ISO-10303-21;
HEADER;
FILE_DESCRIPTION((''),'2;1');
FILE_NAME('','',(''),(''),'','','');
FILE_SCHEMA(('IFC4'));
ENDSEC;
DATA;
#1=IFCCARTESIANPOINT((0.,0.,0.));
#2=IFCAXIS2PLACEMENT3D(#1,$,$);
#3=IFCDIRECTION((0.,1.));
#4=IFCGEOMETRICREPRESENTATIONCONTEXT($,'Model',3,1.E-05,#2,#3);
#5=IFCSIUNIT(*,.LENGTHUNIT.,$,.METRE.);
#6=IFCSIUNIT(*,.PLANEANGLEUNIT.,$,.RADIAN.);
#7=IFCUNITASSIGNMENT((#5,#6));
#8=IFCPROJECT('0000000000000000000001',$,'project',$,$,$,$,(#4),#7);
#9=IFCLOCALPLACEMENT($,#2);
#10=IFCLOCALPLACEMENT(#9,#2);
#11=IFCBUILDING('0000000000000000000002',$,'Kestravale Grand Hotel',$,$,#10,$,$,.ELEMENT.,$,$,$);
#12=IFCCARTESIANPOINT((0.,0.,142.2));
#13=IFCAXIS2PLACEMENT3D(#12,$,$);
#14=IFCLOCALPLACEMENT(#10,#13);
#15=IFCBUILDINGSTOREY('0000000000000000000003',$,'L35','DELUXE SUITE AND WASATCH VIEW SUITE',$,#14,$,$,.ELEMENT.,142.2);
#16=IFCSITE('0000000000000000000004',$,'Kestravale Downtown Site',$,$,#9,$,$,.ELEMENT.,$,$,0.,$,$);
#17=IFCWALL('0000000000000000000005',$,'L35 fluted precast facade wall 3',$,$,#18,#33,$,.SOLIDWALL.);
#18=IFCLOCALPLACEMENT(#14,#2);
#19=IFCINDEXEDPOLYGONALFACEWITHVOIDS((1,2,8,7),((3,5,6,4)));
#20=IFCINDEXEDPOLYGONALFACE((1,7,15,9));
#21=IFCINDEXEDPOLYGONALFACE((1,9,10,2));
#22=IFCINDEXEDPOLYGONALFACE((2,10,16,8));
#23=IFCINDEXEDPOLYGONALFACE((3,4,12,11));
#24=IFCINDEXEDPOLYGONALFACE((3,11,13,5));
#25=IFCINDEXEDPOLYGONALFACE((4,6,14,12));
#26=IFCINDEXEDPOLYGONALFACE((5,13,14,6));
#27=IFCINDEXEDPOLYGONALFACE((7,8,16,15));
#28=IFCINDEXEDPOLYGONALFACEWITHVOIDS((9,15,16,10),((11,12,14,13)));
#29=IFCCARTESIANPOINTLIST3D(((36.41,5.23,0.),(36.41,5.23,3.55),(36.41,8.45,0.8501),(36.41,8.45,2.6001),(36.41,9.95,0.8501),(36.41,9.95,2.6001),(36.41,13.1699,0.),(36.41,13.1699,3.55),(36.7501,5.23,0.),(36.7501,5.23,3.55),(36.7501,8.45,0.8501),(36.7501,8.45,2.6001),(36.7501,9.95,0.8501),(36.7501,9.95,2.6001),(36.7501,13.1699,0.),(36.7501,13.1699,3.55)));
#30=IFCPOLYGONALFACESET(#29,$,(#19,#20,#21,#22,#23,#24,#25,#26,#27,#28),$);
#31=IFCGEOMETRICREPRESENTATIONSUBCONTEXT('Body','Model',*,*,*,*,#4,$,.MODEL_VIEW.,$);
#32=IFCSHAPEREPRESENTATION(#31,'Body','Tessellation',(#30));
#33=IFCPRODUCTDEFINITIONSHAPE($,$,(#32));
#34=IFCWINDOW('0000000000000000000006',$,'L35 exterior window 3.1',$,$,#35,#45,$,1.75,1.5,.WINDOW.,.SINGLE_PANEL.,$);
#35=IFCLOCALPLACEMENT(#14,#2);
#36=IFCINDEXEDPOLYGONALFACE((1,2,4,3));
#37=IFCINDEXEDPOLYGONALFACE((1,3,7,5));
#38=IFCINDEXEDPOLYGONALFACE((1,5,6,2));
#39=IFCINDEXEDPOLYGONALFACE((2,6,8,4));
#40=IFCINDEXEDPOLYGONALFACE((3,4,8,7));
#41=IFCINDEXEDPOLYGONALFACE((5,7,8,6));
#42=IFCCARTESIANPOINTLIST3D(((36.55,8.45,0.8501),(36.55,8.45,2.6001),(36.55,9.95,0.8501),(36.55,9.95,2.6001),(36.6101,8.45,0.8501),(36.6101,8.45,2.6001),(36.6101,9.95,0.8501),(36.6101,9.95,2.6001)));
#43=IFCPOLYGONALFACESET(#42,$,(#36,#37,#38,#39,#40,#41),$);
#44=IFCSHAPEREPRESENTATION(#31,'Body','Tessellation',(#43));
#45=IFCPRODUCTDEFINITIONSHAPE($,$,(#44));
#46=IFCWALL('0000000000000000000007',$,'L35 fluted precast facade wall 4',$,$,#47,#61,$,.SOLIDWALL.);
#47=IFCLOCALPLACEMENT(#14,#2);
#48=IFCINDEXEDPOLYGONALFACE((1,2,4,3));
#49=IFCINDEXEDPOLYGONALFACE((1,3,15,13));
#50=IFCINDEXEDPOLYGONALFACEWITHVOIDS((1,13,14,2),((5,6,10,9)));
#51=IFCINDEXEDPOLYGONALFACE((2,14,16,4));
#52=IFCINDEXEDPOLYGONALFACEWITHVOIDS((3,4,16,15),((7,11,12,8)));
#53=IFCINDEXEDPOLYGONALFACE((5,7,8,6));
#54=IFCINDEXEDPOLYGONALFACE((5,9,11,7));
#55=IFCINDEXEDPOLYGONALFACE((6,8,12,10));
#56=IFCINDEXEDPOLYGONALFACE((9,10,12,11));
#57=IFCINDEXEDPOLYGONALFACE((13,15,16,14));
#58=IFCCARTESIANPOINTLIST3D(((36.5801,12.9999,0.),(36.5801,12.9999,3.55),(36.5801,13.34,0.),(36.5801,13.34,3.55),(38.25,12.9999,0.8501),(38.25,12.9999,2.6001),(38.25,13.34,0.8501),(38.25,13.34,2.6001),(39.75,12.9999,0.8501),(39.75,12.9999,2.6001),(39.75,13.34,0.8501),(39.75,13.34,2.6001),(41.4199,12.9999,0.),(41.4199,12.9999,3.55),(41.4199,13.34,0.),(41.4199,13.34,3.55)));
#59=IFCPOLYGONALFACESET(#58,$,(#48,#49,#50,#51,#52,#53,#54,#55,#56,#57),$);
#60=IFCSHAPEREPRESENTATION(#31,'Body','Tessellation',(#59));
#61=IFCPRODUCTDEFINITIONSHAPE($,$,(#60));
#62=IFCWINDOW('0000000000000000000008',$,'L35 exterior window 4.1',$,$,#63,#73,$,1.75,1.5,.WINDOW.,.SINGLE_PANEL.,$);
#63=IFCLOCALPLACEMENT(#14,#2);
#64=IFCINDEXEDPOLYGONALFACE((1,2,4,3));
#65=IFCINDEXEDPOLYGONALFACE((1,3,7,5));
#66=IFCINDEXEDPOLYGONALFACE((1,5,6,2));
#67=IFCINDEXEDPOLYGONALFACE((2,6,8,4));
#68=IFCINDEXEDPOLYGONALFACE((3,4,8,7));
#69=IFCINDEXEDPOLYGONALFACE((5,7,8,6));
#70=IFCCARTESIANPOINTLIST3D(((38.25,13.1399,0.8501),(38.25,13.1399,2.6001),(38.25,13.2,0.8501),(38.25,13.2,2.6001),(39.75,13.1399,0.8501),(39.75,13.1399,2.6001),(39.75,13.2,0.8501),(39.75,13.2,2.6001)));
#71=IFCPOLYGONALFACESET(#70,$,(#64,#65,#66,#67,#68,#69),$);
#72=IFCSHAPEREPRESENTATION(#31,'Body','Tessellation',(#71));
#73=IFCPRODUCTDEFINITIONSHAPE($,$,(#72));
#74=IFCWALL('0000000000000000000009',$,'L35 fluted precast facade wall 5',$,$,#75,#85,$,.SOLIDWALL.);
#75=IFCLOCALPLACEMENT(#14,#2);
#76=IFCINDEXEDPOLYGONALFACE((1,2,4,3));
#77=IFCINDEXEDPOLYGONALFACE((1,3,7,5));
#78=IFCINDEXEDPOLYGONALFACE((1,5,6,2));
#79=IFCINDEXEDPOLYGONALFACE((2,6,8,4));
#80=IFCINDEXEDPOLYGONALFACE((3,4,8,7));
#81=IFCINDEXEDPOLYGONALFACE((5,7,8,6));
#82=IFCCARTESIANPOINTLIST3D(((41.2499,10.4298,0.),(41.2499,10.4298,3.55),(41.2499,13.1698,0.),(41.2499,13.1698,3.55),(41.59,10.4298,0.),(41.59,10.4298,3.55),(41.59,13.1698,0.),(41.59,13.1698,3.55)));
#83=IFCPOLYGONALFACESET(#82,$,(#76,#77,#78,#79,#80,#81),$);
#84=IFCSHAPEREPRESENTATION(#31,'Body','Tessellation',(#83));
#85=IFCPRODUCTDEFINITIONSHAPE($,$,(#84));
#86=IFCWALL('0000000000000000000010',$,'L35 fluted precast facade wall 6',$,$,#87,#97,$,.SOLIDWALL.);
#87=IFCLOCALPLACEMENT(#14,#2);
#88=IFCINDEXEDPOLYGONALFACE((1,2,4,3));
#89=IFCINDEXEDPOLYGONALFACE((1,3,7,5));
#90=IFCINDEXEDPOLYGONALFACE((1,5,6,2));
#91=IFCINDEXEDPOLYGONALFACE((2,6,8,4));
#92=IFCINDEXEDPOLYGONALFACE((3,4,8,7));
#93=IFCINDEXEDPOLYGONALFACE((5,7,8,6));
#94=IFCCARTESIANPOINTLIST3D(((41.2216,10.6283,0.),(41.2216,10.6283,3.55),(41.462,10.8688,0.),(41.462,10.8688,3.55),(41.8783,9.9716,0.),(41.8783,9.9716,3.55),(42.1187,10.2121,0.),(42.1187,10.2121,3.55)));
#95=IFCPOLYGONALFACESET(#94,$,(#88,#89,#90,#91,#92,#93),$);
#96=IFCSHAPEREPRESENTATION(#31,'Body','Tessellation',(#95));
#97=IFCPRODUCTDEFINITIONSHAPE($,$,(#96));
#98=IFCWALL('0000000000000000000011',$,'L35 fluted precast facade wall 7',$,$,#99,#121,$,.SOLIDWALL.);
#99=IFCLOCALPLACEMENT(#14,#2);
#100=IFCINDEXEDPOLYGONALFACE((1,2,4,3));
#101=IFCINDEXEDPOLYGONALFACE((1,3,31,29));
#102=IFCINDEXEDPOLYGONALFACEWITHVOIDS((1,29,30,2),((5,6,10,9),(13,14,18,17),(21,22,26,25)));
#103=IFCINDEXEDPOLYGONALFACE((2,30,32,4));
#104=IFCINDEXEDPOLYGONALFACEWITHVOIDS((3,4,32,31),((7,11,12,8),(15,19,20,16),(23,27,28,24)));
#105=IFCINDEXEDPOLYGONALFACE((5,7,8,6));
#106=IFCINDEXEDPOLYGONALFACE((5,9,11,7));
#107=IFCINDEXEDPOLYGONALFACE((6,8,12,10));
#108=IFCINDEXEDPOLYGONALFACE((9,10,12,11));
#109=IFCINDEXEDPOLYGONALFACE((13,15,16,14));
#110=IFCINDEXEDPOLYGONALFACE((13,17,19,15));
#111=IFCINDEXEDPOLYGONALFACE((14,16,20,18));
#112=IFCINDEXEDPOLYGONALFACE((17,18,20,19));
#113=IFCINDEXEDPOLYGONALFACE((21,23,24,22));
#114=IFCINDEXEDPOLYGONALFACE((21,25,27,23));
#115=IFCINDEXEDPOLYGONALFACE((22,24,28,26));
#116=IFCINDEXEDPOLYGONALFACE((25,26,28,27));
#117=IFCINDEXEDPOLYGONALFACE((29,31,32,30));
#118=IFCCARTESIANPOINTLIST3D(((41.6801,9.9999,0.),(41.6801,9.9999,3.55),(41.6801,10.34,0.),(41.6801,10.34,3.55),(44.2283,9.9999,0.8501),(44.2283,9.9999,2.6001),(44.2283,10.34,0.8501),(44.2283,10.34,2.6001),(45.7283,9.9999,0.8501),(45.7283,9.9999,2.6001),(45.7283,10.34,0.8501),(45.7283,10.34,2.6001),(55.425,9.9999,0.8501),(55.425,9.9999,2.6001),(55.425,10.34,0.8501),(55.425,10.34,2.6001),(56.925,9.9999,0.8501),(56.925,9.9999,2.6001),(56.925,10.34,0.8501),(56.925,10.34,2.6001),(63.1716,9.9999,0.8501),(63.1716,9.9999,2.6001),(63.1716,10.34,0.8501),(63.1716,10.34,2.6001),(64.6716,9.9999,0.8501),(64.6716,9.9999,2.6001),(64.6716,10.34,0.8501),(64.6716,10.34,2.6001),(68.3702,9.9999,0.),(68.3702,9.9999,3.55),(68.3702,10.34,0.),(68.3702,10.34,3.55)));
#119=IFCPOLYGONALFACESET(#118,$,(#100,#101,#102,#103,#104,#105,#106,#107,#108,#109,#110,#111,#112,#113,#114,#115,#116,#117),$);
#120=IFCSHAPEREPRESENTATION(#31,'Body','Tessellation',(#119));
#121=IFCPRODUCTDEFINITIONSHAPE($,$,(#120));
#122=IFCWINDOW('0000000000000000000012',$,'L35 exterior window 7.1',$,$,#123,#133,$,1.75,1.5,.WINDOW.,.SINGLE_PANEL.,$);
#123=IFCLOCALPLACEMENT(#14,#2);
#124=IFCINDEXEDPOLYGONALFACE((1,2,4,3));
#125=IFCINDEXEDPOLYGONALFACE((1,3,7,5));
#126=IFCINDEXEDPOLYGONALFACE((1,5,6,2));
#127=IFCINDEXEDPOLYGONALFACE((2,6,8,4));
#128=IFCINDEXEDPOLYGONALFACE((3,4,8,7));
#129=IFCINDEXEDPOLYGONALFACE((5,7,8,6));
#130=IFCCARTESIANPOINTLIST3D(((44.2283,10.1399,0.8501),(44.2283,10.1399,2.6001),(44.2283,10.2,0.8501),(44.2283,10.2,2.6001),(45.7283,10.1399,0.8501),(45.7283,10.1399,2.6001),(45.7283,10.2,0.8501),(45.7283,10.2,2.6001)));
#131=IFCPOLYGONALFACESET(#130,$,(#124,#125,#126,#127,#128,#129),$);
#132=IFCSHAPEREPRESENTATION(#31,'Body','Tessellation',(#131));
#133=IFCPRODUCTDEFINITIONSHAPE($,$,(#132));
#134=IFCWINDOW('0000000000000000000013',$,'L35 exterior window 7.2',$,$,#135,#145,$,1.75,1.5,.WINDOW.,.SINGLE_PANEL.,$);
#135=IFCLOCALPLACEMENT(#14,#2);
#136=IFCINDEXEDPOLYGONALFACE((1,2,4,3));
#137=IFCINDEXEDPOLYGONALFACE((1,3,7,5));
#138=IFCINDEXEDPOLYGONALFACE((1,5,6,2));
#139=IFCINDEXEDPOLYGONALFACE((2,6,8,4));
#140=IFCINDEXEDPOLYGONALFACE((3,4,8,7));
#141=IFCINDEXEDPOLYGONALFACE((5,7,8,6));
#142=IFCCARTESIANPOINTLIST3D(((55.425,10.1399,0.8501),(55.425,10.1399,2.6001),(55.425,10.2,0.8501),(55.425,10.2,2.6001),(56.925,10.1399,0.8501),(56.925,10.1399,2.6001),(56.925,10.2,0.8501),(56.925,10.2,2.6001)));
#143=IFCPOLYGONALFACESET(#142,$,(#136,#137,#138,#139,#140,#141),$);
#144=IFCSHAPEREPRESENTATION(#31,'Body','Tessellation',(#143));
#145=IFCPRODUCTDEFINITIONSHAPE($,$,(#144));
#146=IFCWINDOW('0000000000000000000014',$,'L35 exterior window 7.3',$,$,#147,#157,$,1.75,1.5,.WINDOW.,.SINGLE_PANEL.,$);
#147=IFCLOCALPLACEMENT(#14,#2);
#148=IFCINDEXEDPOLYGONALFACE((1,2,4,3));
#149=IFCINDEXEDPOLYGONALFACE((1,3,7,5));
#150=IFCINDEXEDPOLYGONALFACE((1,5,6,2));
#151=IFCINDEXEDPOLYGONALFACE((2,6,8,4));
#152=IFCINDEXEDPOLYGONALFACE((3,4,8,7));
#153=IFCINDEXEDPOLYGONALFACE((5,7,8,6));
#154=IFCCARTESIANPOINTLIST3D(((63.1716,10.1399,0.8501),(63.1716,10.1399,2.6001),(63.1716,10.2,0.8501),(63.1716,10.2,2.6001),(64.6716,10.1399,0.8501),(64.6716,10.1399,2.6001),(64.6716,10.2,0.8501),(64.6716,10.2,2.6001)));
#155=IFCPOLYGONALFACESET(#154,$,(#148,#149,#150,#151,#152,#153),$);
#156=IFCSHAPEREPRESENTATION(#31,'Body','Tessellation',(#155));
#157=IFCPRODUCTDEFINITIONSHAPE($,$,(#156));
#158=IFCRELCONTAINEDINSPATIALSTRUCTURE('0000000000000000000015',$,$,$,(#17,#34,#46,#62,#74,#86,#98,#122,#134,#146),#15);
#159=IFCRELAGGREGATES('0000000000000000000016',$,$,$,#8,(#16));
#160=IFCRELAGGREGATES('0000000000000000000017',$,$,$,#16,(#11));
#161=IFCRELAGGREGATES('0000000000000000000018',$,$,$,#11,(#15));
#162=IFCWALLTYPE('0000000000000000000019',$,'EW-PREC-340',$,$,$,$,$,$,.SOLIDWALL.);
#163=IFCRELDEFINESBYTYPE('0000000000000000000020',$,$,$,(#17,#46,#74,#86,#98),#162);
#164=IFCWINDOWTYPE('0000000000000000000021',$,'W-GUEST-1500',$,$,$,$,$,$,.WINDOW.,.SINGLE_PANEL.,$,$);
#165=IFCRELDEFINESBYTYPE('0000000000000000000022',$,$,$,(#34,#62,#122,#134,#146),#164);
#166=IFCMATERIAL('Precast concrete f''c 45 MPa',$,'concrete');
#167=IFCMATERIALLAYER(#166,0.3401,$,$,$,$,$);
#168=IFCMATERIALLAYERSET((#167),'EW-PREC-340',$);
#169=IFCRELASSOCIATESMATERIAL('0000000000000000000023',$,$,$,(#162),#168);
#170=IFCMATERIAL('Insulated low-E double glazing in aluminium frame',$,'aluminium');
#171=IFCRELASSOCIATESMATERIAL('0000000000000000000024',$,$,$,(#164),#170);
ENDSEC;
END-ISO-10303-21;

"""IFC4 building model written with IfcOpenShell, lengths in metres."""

from ifc_helpers import new_model, si_unit, direction, frame, frame_2d, origin, place, context, subcontext, project, spatial, rectangle, extrude, material, layer, layer_set, type_object, element, fill, save


model = new_model("IFC4")

# Units and contexts
model_context = context("Model", 3, precision=1e-05, world=origin(), true_north=direction((0.0, 1.0)))
body_context = subcontext(model_context, "Body", "Model", "MODEL_VIEW")
ifc_project = project(units=[si_unit("LENGTHUNIT", "METRE"), si_unit("PLANEANGLEUNIT", "RADIAN")], contexts=[model_context])

# Site, building, storey
site_placement = place(None, origin())
site = spatial("IfcSite", under=ifc_project, at=site_placement, Name="Kestravale Downtown Site", CompositionType="ELEMENT", RefElevation=0.0)
building_placement = place(site_placement, origin())
building = spatial("IfcBuilding", under=site, at=building_placement, Name="Kestravale Grand Hotel", CompositionType="ELEMENT")
storey_placement = place(building_placement, frame((0.0, 0.0, 142.2)))
storey = spatial("IfcBuildingStorey", under=building, at=storey_placement, Name="L35", Description="DELUXE SUITE AND WASATCH VIEW SUITE", CompositionType="ELEMENT", Elevation=142.2)

# Shared definitions
ifc_material_1 = material(Name="Precast concrete f'c 45 MPa", Category="concrete")
ifc_layer_1 = layer(ifc_material_1, 0.3401)
ifc_layer_set_1 = layer_set([ifc_layer_1], Name="EW-PREC-340")
wall_type_1 = type_object("IfcWallType", Name="EW-PREC-340", PredefinedType="SOLIDWALL", material=ifc_layer_set_1)

# Walls, openings, windows
wall_1_placement = place(storey_placement, frame((36.5801, 5.23, 0.0), z_axis=(0.0, 0.0, 1.0), x_axis=(0.0, 1.0, 0.0)))
wall_1 = element("IfcWall", 1, at=wall_1_placement, inside=storey, type_object=wall_type_1, Name="L35 fluted precast facade wall 3", PredefinedType="SOLIDWALL", context=body_context, shape_type="SweptSolid", body=[
    extrude(rectangle(XDim=7.9399, YDim=0.3401, at=frame_2d((3.97, 0.0))), origin(), (0.0, 0.0, 1.0), 3.55),
])
opening_1_placement = place(wall_1_placement, frame((3.22, 0.0, 0.8501)))
opening_1 = element("IfcOpeningElement", 2, at=opening_1_placement, cuts=wall_1, PredefinedType="OPENING", context=body_context, shape_type="SweptSolid", body=[
    extrude(rectangle(XDim=1.5, YDim=1.75, at=frame_2d((0.75, 0.875))), frame((0.0, 0.1799, 0.0), z_axis=(0.0, -1.0, 0.0), x_axis=(1.0, 0.0, 0.0)), (0.0, 0.0, 1.0), 0.3601),
])
ifc_material_2 = material(Name="Insulated low-E double glazing in aluminium frame", Category="aluminium")
window_type = type_object("IfcWindowType", Name="W-GUEST-1500", PartitioningType="SINGLE_PANEL", PredefinedType="WINDOW", material=ifc_material_2)
window_1_placement = place(opening_1_placement, origin())
window_1 = element("IfcWindow", 3, at=window_1_placement, inside=storey, type_object=window_type, Name="L35 exterior window 3.1", OverallHeight=1.75, OverallWidth=1.5, PartitioningType="SINGLE_PANEL", PredefinedType="WINDOW", context=body_context, shape_type="SweptSolid", body=[
    extrude(rectangle(XDim=1.5, YDim=1.75, at=frame_2d((0.75, 0.875))), frame((0.0, 0.03, 0.0), z_axis=(0.0, -1.0, 0.0), x_axis=(1.0, 0.0, 0.0)), (0.0, 0.0, 1.0), 0.0601),
])
fill(opening_1, window_1)
wall_2_placement = place(storey_placement, frame((36.5801, 13.1699, 0.0), z_axis=(0.0, 0.0, 1.0), x_axis=(1.0, 0.0, 0.0)))
wall_2 = element("IfcWall", 4, at=wall_2_placement, inside=storey, type_object=wall_type_1, Name="L35 fluted precast facade wall 4", PredefinedType="SOLIDWALL", context=body_context, shape_type="SweptSolid", body=[
    extrude(rectangle(XDim=4.8398, YDim=0.3401, at=frame_2d((2.4199, 0.0))), origin(), (0.0, 0.0, 1.0), 3.55),
])
opening_2_placement = place(wall_2_placement, frame((1.6699, 0.0, 0.8501)))
opening_2 = element("IfcOpeningElement", 5, at=opening_2_placement, cuts=wall_2, PredefinedType="OPENING", context=body_context, shape_type="SweptSolid", body=[
    extrude(rectangle(XDim=1.5, YDim=1.75, at=frame_2d((0.75, 0.875))), frame((0.0, 0.1799, 0.0), z_axis=(0.0, -1.0, 0.0), x_axis=(1.0, 0.0, 0.0)), (0.0, 0.0, 1.0), 0.3601),
])
window_2_placement = place(opening_2_placement, origin())
window_2 = element("IfcWindow", 6, at=window_2_placement, inside=storey, type_object=window_type, Name="L35 exterior window 4.1", OverallHeight=1.75, OverallWidth=1.5, PartitioningType="SINGLE_PANEL", PredefinedType="WINDOW", context=body_context, shape_type="SweptSolid", body=[
    extrude(rectangle(XDim=1.5, YDim=1.75, at=frame_2d((0.75, 0.875))), frame((0.0, 0.03, 0.0), z_axis=(0.0, -1.0, 0.0), x_axis=(1.0, 0.0, 0.0)), (0.0, 0.0, 1.0), 0.0601),
])
fill(opening_2, window_2)

# Walls
wall_3_placement = place(storey_placement, frame((41.4199, 13.1699, 0.0), z_axis=(0.0, 0.0, 1.0), x_axis=(0.0, -1.0, 0.0)))
element("IfcWall", 7, at=wall_3_placement, inside=storey, type_object=wall_type_1, Name="L35 fluted precast facade wall 5", PredefinedType="SOLIDWALL", context=body_context, shape_type="SweptSolid", body=[
    extrude(rectangle(XDim=2.74, YDim=0.3401, at=frame_2d((1.3701, 0.0))), origin(), (0.0, 0.0, 1.0), 3.55),
])
wall_4_placement = place(storey_placement, frame((41.3418, 10.7485, 0.0), z_axis=(0.0, 0.0, 1.0), x_axis=(0.707107, -0.707107, 0.0)))
element("IfcWall", 8, at=wall_4_placement, inside=storey, type_object=wall_type_1, Name="L35 fluted precast facade wall 6", PredefinedType="SOLIDWALL", context=body_context, shape_type="SweptSolid", body=[
    extrude(rectangle(XDim=0.9287, YDim=0.3401, at=frame_2d((0.4644, 0.0))), origin(), (0.0, 0.0, 1.0), 3.55),
])

# Wall, openings, windows
wall_5_placement = place(storey_placement, frame((41.6799, 10.1699, 0.0), z_axis=(0.0, 0.0, 1.0), x_axis=(1.0, 0.0, 0.0)))
wall_5 = element("IfcWall", 9, at=wall_5_placement, inside=storey, type_object=wall_type_1, Name="L35 fluted precast facade wall 7", PredefinedType="SOLIDWALL", context=body_context, shape_type="SweptSolid", body=[
    extrude(rectangle(XDim=26.6902, YDim=0.3401, at=frame_2d((13.3452, 0.0))), origin(), (0.0, 0.0, 1.0), 3.55),
])
opening_3_placement = place(wall_5_placement, frame((2.5483, 0.0, 0.8501)))
opening_3 = element("IfcOpeningElement", 10, at=opening_3_placement, cuts=wall_5, PredefinedType="OPENING", context=body_context, shape_type="SweptSolid", body=[
    extrude(rectangle(XDim=1.5, YDim=1.75, at=frame_2d((0.75, 0.875))), frame((0.0, 0.1799, 0.0), z_axis=(0.0, -1.0, 0.0), x_axis=(1.0, 0.0, 0.0)), (0.0, 0.0, 1.0), 0.3601),
])
opening_4_placement = place(wall_5_placement, frame((13.7451, 0.0, 0.8501)))
opening_4 = element("IfcOpeningElement", 11, at=opening_4_placement, cuts=wall_5, PredefinedType="OPENING", context=body_context, shape_type="SweptSolid", body=[
    extrude(rectangle(XDim=1.5, YDim=1.75, at=frame_2d((0.75, 0.875))), frame((0.0, 0.1799, 0.0), z_axis=(0.0, -1.0, 0.0), x_axis=(1.0, 0.0, 0.0)), (0.0, 0.0, 1.0), 0.3601),
])
opening_5_placement = place(wall_5_placement, frame((21.4917, 0.0, 0.8501)))
opening_5 = element("IfcOpeningElement", 12, at=opening_5_placement, cuts=wall_5, PredefinedType="OPENING", context=body_context, shape_type="SweptSolid", body=[
    extrude(rectangle(XDim=1.5, YDim=1.75, at=frame_2d((0.75, 0.875))), frame((0.0, 0.1799, 0.0), z_axis=(0.0, -1.0, 0.0), x_axis=(1.0, 0.0, 0.0)), (0.0, 0.0, 1.0), 0.3601),
])
window_3_placement = place(opening_3_placement, origin())
window_3 = element("IfcWindow", 13, at=window_3_placement, inside=storey, type_object=window_type, Name="L35 exterior window 7.1", OverallHeight=1.75, OverallWidth=1.5, PartitioningType="SINGLE_PANEL", PredefinedType="WINDOW", context=body_context, shape_type="SweptSolid", body=[
    extrude(rectangle(XDim=1.5, YDim=1.75, at=frame_2d((0.75, 0.875))), frame((0.0, 0.03, 0.0), z_axis=(0.0, -1.0, 0.0), x_axis=(1.0, 0.0, 0.0)), (0.0, 0.0, 1.0), 0.0601),
])
fill(opening_3, window_3)
window_4_placement = place(opening_4_placement, origin())
window_4 = element("IfcWindow", 14, at=window_4_placement, inside=storey, type_object=window_type, Name="L35 exterior window 7.2", OverallHeight=1.75, OverallWidth=1.5, PartitioningType="SINGLE_PANEL", PredefinedType="WINDOW", context=body_context, shape_type="SweptSolid", body=[
    extrude(rectangle(XDim=1.5, YDim=1.75, at=frame_2d((0.75, 0.875))), frame((0.0, 0.03, 0.0), z_axis=(0.0, -1.0, 0.0), x_axis=(1.0, 0.0, 0.0)), (0.0, 0.0, 1.0), 0.0601),
])
fill(opening_4, window_4)
window_5_placement = place(opening_5_placement, origin())
window_5 = element("IfcWindow", 15, at=window_5_placement, inside=storey, type_object=window_type, Name="L35 exterior window 7.3", OverallHeight=1.75, OverallWidth=1.5, PartitioningType="SINGLE_PANEL", PredefinedType="WINDOW", context=body_context, shape_type="SweptSolid", body=[
    extrude(rectangle(XDim=1.5, YDim=1.75, at=frame_2d((0.75, 0.875))), frame((0.0, 0.03, 0.0), z_axis=(0.0, -1.0, 0.0), x_axis=(1.0, 0.0, 0.0)), (0.0, 0.0, 1.0), 0.0601),
])
fill(opening_5, window_5)

save(model, "model.ifc")
